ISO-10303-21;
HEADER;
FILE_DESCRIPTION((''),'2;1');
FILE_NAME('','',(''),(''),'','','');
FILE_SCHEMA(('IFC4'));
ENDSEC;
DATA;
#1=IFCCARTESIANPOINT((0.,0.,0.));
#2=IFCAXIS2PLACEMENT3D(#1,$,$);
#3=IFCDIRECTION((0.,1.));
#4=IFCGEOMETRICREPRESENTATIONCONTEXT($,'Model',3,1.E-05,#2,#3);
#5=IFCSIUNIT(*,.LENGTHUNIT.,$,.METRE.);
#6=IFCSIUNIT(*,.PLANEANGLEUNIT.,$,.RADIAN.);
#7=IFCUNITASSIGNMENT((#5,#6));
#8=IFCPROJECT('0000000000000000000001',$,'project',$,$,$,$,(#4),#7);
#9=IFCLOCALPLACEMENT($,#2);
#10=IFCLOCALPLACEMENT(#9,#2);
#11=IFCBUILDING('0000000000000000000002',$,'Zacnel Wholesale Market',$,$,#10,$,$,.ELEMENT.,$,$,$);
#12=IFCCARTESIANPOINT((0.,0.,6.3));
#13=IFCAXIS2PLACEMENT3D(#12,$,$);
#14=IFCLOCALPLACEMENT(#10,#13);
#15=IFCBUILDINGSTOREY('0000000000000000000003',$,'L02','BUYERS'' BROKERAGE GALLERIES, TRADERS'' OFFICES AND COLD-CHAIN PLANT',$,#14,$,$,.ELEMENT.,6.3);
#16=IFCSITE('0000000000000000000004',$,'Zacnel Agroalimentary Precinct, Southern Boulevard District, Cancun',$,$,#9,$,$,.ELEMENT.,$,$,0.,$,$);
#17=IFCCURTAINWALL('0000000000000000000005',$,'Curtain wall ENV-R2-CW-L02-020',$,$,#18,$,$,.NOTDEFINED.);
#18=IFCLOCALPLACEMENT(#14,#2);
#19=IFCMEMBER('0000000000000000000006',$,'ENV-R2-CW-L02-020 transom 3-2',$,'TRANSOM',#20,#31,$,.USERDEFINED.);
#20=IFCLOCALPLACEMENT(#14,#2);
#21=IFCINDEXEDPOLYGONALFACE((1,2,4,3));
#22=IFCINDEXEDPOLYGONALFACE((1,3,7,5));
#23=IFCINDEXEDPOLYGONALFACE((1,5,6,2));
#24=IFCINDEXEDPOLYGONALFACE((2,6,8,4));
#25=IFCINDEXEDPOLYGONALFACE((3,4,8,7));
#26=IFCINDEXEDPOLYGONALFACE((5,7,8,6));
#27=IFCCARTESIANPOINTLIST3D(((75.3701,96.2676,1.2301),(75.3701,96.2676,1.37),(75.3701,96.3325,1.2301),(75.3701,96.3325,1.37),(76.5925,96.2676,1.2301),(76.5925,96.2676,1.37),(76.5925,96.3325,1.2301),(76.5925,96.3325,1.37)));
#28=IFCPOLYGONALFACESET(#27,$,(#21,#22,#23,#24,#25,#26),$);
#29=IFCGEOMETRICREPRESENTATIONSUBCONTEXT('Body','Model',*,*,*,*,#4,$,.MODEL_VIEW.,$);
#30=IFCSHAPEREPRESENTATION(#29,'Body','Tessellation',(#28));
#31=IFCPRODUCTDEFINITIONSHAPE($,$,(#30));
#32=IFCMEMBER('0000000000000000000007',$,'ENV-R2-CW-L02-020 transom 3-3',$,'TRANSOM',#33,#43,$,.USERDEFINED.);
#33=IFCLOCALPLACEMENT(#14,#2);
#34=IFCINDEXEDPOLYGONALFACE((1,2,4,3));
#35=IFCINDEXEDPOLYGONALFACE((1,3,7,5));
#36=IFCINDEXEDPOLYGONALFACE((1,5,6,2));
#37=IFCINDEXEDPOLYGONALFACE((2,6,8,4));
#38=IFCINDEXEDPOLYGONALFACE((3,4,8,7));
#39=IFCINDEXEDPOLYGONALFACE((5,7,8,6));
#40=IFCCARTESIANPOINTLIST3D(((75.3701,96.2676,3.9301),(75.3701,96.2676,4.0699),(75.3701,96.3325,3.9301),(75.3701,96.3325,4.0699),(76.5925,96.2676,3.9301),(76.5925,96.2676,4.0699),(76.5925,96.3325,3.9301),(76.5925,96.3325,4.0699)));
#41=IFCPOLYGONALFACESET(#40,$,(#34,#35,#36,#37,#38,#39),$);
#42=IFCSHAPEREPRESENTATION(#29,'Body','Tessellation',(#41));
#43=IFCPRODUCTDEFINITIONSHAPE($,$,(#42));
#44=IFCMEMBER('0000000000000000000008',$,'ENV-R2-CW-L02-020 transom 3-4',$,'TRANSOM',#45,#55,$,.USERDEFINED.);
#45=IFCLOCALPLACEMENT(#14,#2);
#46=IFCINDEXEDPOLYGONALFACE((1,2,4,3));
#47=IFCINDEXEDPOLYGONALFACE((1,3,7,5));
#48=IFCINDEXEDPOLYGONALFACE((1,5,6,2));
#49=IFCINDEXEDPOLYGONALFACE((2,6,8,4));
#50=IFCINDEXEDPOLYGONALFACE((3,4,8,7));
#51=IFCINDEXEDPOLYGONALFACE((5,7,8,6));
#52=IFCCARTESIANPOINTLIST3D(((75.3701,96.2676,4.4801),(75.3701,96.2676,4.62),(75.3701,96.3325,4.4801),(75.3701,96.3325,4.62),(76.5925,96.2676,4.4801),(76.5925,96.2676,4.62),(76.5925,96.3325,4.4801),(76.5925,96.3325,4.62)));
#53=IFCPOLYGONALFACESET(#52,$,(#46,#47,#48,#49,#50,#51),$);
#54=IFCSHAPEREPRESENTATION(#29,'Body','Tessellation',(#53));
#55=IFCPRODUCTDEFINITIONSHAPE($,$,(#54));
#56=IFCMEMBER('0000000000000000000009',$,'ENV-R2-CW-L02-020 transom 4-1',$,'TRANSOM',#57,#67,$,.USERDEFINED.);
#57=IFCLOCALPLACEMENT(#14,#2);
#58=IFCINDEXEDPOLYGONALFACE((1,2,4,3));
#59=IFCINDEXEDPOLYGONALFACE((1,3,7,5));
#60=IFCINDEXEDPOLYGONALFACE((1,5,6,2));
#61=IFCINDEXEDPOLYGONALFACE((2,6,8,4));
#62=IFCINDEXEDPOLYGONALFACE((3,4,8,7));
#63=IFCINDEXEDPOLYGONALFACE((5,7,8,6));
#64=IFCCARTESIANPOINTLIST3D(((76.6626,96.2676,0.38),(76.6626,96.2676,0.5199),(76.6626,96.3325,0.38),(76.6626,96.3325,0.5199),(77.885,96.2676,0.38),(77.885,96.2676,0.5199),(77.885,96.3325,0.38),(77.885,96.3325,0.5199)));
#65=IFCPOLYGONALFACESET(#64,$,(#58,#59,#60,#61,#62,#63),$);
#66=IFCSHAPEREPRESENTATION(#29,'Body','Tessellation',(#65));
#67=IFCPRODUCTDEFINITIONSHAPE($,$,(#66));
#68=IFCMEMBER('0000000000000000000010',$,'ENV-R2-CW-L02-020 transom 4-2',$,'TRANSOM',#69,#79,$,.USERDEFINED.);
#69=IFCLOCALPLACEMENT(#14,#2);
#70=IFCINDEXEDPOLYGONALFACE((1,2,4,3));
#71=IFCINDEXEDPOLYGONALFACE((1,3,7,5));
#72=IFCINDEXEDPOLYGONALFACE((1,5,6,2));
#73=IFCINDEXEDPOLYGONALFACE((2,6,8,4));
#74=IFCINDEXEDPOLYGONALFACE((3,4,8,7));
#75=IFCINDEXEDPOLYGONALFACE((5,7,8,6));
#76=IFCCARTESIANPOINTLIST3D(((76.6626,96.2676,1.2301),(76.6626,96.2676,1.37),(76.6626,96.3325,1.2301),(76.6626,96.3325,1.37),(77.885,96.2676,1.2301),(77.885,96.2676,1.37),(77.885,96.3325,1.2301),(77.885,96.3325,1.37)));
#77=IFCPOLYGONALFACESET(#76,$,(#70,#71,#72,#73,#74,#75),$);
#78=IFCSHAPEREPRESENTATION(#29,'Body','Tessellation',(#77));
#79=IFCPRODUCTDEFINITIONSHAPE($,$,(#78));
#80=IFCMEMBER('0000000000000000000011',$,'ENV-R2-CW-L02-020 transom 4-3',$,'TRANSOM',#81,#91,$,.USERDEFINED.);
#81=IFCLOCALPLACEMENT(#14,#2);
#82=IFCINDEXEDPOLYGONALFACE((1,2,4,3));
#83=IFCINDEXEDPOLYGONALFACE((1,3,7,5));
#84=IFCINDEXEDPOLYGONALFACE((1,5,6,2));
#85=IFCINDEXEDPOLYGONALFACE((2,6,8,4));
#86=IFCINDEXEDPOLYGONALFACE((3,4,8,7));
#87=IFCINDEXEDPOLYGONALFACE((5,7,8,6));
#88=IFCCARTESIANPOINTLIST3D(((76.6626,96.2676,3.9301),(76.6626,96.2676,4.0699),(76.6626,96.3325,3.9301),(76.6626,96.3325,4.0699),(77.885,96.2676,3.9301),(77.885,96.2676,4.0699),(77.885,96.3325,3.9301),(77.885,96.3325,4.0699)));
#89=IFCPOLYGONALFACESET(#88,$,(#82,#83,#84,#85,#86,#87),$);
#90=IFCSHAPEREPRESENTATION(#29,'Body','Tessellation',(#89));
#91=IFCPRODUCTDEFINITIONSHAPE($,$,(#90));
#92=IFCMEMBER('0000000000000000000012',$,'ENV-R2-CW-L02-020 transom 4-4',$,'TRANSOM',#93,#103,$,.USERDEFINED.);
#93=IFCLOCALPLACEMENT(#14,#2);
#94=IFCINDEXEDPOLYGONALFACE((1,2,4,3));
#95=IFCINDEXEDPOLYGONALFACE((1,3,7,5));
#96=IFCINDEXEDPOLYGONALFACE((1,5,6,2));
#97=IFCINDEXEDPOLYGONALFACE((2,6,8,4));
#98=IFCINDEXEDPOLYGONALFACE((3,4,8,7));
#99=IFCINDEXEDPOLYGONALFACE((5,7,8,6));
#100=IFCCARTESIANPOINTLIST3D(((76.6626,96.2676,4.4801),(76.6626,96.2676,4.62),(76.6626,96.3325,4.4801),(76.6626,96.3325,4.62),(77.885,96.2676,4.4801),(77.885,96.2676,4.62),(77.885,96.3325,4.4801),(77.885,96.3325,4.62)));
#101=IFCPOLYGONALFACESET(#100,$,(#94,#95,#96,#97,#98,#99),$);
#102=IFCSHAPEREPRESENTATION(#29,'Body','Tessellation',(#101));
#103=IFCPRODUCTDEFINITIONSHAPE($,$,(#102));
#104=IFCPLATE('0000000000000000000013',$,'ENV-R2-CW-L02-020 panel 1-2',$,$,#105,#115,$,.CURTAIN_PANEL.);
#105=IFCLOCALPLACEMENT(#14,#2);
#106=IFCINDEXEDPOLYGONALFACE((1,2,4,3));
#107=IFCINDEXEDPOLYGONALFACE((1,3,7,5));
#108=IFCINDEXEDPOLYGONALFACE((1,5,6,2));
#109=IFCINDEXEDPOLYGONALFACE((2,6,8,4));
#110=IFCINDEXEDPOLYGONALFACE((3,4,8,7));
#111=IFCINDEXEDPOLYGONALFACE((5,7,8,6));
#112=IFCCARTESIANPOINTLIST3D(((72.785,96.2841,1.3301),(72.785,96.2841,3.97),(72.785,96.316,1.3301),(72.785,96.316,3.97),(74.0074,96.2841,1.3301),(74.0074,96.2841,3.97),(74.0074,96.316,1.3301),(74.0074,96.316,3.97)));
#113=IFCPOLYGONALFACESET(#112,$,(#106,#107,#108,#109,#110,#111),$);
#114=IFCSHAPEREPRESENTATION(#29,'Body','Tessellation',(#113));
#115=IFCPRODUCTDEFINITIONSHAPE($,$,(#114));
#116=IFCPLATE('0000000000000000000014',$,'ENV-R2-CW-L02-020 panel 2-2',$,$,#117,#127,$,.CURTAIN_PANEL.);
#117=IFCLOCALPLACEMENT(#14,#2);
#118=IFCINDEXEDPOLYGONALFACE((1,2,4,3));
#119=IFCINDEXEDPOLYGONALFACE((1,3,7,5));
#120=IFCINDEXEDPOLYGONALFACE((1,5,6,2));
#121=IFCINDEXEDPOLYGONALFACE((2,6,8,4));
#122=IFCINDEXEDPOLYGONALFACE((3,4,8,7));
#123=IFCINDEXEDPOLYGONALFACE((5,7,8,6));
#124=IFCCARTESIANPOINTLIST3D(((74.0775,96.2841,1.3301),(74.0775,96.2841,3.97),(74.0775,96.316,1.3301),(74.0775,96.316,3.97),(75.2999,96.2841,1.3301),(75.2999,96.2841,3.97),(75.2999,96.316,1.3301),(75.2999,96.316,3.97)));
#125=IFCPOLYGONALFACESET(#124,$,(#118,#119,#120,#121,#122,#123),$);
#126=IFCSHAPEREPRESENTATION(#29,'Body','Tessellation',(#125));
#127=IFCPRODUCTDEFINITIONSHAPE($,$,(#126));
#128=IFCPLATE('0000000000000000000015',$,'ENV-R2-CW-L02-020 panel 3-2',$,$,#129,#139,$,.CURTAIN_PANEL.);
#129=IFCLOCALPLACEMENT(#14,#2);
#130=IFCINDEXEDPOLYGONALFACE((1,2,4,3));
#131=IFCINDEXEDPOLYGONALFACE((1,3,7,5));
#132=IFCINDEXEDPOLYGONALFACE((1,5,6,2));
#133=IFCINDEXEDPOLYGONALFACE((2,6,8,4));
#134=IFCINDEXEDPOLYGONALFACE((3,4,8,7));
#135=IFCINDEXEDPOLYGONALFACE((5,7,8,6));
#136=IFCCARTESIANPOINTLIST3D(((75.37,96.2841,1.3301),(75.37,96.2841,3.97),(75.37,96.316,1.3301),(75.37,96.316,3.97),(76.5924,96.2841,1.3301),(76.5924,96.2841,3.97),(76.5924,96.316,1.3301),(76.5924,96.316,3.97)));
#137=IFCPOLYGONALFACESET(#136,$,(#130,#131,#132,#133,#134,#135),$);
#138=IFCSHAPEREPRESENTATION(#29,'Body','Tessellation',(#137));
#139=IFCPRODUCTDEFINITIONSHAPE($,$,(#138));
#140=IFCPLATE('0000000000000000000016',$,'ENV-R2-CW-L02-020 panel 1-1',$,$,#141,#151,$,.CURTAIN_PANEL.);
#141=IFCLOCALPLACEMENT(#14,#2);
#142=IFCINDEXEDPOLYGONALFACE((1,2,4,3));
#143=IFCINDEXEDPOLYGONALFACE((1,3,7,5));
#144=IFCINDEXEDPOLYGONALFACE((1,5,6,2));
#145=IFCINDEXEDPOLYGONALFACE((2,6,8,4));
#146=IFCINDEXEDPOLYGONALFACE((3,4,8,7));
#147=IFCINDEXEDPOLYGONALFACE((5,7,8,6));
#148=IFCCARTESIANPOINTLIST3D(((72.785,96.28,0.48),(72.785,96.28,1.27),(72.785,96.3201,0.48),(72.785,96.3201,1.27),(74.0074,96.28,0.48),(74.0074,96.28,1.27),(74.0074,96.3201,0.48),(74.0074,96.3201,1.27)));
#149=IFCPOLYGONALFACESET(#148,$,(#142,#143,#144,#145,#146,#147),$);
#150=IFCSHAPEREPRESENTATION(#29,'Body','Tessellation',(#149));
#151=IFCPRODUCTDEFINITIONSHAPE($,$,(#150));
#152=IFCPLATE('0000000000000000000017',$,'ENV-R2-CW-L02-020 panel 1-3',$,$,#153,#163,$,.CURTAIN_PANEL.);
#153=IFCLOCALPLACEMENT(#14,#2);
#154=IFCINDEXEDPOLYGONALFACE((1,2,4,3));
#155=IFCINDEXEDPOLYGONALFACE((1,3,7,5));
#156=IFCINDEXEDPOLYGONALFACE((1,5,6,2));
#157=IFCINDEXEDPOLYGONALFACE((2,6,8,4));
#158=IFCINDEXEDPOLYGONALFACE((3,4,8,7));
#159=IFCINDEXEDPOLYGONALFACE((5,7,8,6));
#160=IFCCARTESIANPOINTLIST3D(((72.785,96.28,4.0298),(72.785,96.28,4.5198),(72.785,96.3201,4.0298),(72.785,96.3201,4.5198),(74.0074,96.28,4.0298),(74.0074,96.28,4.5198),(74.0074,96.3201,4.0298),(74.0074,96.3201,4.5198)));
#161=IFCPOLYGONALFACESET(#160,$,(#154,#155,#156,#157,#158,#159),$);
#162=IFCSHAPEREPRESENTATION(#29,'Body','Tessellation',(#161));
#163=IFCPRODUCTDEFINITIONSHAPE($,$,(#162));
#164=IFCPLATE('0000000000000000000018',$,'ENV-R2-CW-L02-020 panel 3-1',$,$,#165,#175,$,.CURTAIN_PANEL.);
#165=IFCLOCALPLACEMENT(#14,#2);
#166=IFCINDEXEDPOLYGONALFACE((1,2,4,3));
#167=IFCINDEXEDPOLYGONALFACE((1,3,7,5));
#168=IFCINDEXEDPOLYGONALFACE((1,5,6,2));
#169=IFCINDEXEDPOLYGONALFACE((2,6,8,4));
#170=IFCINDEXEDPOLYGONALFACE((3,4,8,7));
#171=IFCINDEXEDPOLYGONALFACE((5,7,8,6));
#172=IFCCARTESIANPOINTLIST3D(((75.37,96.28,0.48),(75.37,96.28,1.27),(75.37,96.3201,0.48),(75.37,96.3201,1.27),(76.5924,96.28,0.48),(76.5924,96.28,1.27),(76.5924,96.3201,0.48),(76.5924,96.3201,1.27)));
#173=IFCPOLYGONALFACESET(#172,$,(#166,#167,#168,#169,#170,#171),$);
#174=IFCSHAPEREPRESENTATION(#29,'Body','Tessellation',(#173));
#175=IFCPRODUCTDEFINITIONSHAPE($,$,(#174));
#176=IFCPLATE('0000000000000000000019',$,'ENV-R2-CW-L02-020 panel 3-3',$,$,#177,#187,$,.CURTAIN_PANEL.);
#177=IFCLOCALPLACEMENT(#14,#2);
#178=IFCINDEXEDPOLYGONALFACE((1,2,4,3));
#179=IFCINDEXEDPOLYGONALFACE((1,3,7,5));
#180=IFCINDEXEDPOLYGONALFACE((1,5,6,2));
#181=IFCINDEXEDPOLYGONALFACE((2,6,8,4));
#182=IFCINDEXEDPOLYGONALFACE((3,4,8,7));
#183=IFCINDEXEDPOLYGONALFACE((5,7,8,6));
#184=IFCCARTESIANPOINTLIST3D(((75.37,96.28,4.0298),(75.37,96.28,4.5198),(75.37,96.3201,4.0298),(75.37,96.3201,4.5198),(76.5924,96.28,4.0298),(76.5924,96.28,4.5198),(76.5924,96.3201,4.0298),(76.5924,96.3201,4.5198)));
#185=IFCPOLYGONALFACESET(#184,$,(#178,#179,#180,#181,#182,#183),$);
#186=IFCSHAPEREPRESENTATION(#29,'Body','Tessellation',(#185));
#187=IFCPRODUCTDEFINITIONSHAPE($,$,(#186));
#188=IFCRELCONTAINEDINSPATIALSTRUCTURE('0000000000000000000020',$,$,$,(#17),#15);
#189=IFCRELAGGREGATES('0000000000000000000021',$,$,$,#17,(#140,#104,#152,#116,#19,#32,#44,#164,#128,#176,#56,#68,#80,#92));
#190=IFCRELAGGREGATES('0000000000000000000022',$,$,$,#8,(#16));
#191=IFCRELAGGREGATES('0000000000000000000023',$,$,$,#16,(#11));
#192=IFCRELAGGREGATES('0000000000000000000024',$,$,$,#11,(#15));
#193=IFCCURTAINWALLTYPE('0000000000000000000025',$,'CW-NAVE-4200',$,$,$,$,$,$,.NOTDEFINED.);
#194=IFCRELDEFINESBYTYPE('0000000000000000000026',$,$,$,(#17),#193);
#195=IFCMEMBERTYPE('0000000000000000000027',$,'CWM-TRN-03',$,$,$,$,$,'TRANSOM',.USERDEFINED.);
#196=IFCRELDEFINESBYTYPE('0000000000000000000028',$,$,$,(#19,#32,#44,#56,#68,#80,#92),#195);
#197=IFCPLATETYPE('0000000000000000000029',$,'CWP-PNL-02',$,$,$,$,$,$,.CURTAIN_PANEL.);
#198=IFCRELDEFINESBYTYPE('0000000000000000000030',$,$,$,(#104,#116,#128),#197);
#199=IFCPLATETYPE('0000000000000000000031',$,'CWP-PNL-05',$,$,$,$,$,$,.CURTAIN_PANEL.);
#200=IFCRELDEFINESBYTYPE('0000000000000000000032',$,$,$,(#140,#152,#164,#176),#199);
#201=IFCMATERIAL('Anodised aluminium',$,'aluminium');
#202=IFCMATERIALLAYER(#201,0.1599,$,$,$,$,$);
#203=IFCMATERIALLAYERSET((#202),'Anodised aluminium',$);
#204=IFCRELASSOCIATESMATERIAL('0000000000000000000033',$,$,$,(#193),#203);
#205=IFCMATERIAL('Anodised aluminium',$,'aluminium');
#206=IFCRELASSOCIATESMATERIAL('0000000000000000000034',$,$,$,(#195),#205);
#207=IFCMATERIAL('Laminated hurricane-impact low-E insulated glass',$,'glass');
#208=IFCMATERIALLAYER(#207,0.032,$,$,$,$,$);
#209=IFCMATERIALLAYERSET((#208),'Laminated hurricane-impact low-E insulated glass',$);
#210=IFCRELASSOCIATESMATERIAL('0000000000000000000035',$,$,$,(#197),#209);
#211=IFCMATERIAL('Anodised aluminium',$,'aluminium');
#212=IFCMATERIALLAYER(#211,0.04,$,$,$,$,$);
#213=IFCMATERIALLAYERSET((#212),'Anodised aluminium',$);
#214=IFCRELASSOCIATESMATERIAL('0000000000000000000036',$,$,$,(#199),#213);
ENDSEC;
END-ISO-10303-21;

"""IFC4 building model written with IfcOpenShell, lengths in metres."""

from ifc_helpers import new_model, si_unit, direction, frame, origin, origin_2d, place, context, subcontext, project, spatial, rectangle, extrude, material, layer, layer_set, material_profile, profile_set, type_object, element, aggregate, save


model = new_model("IFC4")

# Units and contexts
model_context = context("Model", 3, precision=1e-05, world=origin(), true_north=direction((0.0, 1.0)))
body_context = subcontext(model_context, "Body", "Model", "MODEL_VIEW")
ifc_project = project(units=[si_unit("LENGTHUNIT", "METRE"), si_unit("PLANEANGLEUNIT", "RADIAN")], contexts=[model_context])

# Site, building, storey
site_placement = place(None, origin())
site = spatial("IfcSite", under=ifc_project, at=site_placement, Name="Zacnel Agroalimentary Precinct, Southern Boulevard District, Cancun", CompositionType="ELEMENT", RefElevation=0.0)
building_placement = place(site_placement, origin())
building = spatial("IfcBuilding", under=site, at=building_placement, Name="Zacnel Wholesale Market", CompositionType="ELEMENT")
storey_placement = place(building_placement, frame((0.0, 0.0, 6.3)))
storey = spatial("IfcBuildingStorey", under=building, at=storey_placement, Name="L02", Description="BUYERS' BROKERAGE GALLERIES, TRADERS' OFFICES AND COLD-CHAIN PLANT", CompositionType="ELEMENT", Elevation=6.3)

# Curtain wall, members, plates
ifc_material_1 = material(Name="Anodised aluminium", Category="aluminium")
ifc_layer_1 = layer(ifc_material_1, 0.1599)
ifc_layer_set_1 = layer_set([ifc_layer_1], Name="Anodised aluminium")
curtain_wall_type = type_object("IfcCurtainWallType", Name="CW-NAVE-4200", PredefinedType="NOTDEFINED", material=ifc_layer_set_1)
curtain_wall_placement = place(storey_placement, origin())
curtain_wall = element("IfcCurtainWall", 1, at=curtain_wall_placement, inside=storey, type_object=curtain_wall_type, Name="Curtain wall ENV-R2-CW-L02-020", PredefinedType="NOTDEFINED")
ifc_material_2 = material(Name="Anodised aluminium", Category="aluminium")
ifc_material_profile_1 = material_profile(ifc_material_2, rectangle(XDim=0.0649, YDim=0.1399, at=origin_2d()), Name="AW-TRANSOM 65x140")
ifc_profile_set_1 = profile_set([ifc_material_profile_1], Name="Anodised aluminium")
member_type_1 = type_object("IfcMemberType", Name="CWM-TRN-03", ElementType="TRANSOM", PredefinedType="USERDEFINED", material=ifc_profile_set_1)
member_1_placement = place(storey_placement, frame((75.3701, 96.3, 1.3), z_axis=(1.0, 0.0, 0.0), x_axis=(0.0, 1.0, 0.0)))
member_1 = element("IfcMember", 2, at=member_1_placement, type_object=member_type_1, Name="ENV-R2-CW-L02-020 transom 3-2", ObjectType="TRANSOM", PredefinedType="USERDEFINED", context=body_context, shape_type="SweptSolid", body=[
    extrude(rectangle(XDim=0.0649, YDim=0.1399, at=origin_2d()), origin(), (0.0, 0.0, 1.0), 1.2224),
])
member_2_placement = place(storey_placement, frame((75.3701, 96.3, 4.0), z_axis=(1.0, 0.0, 0.0), x_axis=(0.0, 1.0, 0.0)))
member_2 = element("IfcMember", 3, at=member_2_placement, type_object=member_type_1, Name="ENV-R2-CW-L02-020 transom 3-3", ObjectType="TRANSOM", PredefinedType="USERDEFINED", context=body_context, shape_type="SweptSolid", body=[
    extrude(rectangle(XDim=0.0649, YDim=0.1399, at=origin_2d()), origin(), (0.0, 0.0, 1.0), 1.2224),
])
member_3_placement = place(storey_placement, frame((75.3701, 96.3, 4.55), z_axis=(1.0, 0.0, 0.0), x_axis=(0.0, 1.0, 0.0)))
member_3 = element("IfcMember", 4, at=member_3_placement, type_object=member_type_1, Name="ENV-R2-CW-L02-020 transom 3-4", ObjectType="TRANSOM", PredefinedType="USERDEFINED", context=body_context, shape_type="SweptSolid", body=[
    extrude(rectangle(XDim=0.0649, YDim=0.1399, at=origin_2d()), origin(), (0.0, 0.0, 1.0), 1.2224),
])
member_4_placement = place(storey_placement, frame((76.6626, 96.3, 0.45), z_axis=(1.0, 0.0, 0.0), x_axis=(0.0, 1.0, 0.0)))
member_4 = element("IfcMember", 5, at=member_4_placement, type_object=member_type_1, Name="ENV-R2-CW-L02-020 transom 4-1", ObjectType="TRANSOM", PredefinedType="USERDEFINED", context=body_context, shape_type="SweptSolid", body=[
    extrude(rectangle(XDim=0.0649, YDim=0.1399, at=origin_2d()), origin(), (0.0, 0.0, 1.0), 1.2224),
])
member_5_placement = place(storey_placement, frame((76.6626, 96.3, 1.3), z_axis=(1.0, 0.0, 0.0), x_axis=(0.0, 1.0, 0.0)))
member_5 = element("IfcMember", 6, at=member_5_placement, type_object=member_type_1, Name="ENV-R2-CW-L02-020 transom 4-2", ObjectType="TRANSOM", PredefinedType="USERDEFINED", context=body_context, shape_type="SweptSolid", body=[
    extrude(rectangle(XDim=0.0649, YDim=0.1399, at=origin_2d()), origin(), (0.0, 0.0, 1.0), 1.2224),
])
member_6_placement = place(storey_placement, frame((76.6626, 96.3, 4.0), z_axis=(1.0, 0.0, 0.0), x_axis=(0.0, 1.0, 0.0)))
member_6 = element("IfcMember", 7, at=member_6_placement, type_object=member_type_1, Name="ENV-R2-CW-L02-020 transom 4-3", ObjectType="TRANSOM", PredefinedType="USERDEFINED", context=body_context, shape_type="SweptSolid", body=[
    extrude(rectangle(XDim=0.0649, YDim=0.1399, at=origin_2d()), origin(), (0.0, 0.0, 1.0), 1.2224),
])
member_7_placement = place(storey_placement, frame((76.6626, 96.3, 4.55), z_axis=(1.0, 0.0, 0.0), x_axis=(0.0, 1.0, 0.0)))
member_7 = element("IfcMember", 8, at=member_7_placement, type_object=member_type_1, Name="ENV-R2-CW-L02-020 transom 4-4", ObjectType="TRANSOM", PredefinedType="USERDEFINED", context=body_context, shape_type="SweptSolid", body=[
    extrude(rectangle(XDim=0.0649, YDim=0.1399, at=origin_2d()), origin(), (0.0, 0.0, 1.0), 1.2224),
])
ifc_material_3 = material(Name="Laminated hurricane-impact low-E insulated glass", Category="glass")
ifc_layer_2 = layer(ifc_material_3, 0.032)
ifc_layer_set_2 = layer_set([ifc_layer_2], Name="Laminated hurricane-impact low-E insulated glass")
plate_type_1 = type_object("IfcPlateType", Name="CWP-PNL-02", PredefinedType="CURTAIN_PANEL", material=ifc_layer_set_2)
plate_1_placement = place(storey_placement, frame((73.3962, 96.3, 1.3301), z_axis=(0.0, 0.0, 1.0), x_axis=(1.0, 0.0, 0.0)))
plate_1 = element("IfcPlate", 9, at=plate_1_placement, type_object=plate_type_1, Name="ENV-R2-CW-L02-020 panel 1-2", PredefinedType="CURTAIN_PANEL", context=body_context, shape_type="SweptSolid", body=[
    extrude(rectangle(XDim=1.2224, YDim=0.032, at=origin_2d()), origin(), (0.0, 0.0, 1.0), 2.6399),
])
plate_2_placement = place(storey_placement, frame((74.6887, 96.3, 1.3301), z_axis=(0.0, 0.0, 1.0), x_axis=(1.0, 0.0, 0.0)))
plate_2 = element("IfcPlate", 10, at=plate_2_placement, type_object=plate_type_1, Name="ENV-R2-CW-L02-020 panel 2-2", PredefinedType="CURTAIN_PANEL", context=body_context, shape_type="SweptSolid", body=[
    extrude(rectangle(XDim=1.2224, YDim=0.032, at=origin_2d()), origin(), (0.0, 0.0, 1.0), 2.6399),
])
plate_3_placement = place(storey_placement, frame((75.9812, 96.3, 1.3301), z_axis=(0.0, 0.0, 1.0), x_axis=(1.0, 0.0, 0.0)))
plate_3 = element("IfcPlate", 11, at=plate_3_placement, type_object=plate_type_1, Name="ENV-R2-CW-L02-020 panel 3-2", PredefinedType="CURTAIN_PANEL", context=body_context, shape_type="SweptSolid", body=[
    extrude(rectangle(XDim=1.2224, YDim=0.032, at=origin_2d()), origin(), (0.0, 0.0, 1.0), 2.6399),
])
ifc_material_4 = material(Name="Anodised aluminium", Category="aluminium")
ifc_layer_3 = layer(ifc_material_4, 0.04)
ifc_layer_set_3 = layer_set([ifc_layer_3], Name="Anodised aluminium")
plate_type_2 = type_object("IfcPlateType", Name="CWP-PNL-05", PredefinedType="CURTAIN_PANEL", material=ifc_layer_set_3)
plate_4_placement = place(storey_placement, frame((73.3962, 96.3, 0.48), z_axis=(0.0, 0.0, 1.0), x_axis=(1.0, 0.0, 0.0)))
plate_4 = element("IfcPlate", 12, at=plate_4_placement, type_object=plate_type_2, Name="ENV-R2-CW-L02-020 panel 1-1", PredefinedType="CURTAIN_PANEL", context=body_context, shape_type="SweptSolid", body=[
    extrude(rectangle(XDim=1.2224, YDim=0.04, at=origin_2d()), origin(), (0.0, 0.0, 1.0), 0.79),
])
plate_5_placement = place(storey_placement, frame((73.3962, 96.3, 4.0298), z_axis=(0.0, 0.0, 1.0), x_axis=(1.0, 0.0, 0.0)))
plate_5 = element("IfcPlate", 13, at=plate_5_placement, type_object=plate_type_2, Name="ENV-R2-CW-L02-020 panel 1-3", PredefinedType="CURTAIN_PANEL", context=body_context, shape_type="SweptSolid", body=[
    extrude(rectangle(XDim=1.2224, YDim=0.04, at=origin_2d()), origin(), (0.0, 0.0, 1.0), 0.49),
])
plate_6_placement = place(storey_placement, frame((75.9812, 96.3, 0.48), z_axis=(0.0, 0.0, 1.0), x_axis=(1.0, 0.0, 0.0)))
plate_6 = element("IfcPlate", 14, at=plate_6_placement, type_object=plate_type_2, Name="ENV-R2-CW-L02-020 panel 3-1", PredefinedType="CURTAIN_PANEL", context=body_context, shape_type="SweptSolid", body=[
    extrude(rectangle(XDim=1.2224, YDim=0.04, at=origin_2d()), origin(), (0.0, 0.0, 1.0), 0.79),
])
plate_7_placement = place(storey_placement, frame((75.9812, 96.3, 4.0298), z_axis=(0.0, 0.0, 1.0), x_axis=(1.0, 0.0, 0.0)))
plate_7 = element("IfcPlate", 15, at=plate_7_placement, type_object=plate_type_2, Name="ENV-R2-CW-L02-020 panel 3-3", PredefinedType="CURTAIN_PANEL", context=body_context, shape_type="SweptSolid", body=[
    extrude(rectangle(XDim=1.2224, YDim=0.04, at=origin_2d()), origin(), (0.0, 0.0, 1.0), 0.49),
])
aggregate(curtain_wall, [plate_4, plate_1, plate_5, plate_2, member_1, member_2, member_3, plate_6, plate_3, plate_7, member_4, member_5, member_6, member_7])

save(model, "model.ifc")
